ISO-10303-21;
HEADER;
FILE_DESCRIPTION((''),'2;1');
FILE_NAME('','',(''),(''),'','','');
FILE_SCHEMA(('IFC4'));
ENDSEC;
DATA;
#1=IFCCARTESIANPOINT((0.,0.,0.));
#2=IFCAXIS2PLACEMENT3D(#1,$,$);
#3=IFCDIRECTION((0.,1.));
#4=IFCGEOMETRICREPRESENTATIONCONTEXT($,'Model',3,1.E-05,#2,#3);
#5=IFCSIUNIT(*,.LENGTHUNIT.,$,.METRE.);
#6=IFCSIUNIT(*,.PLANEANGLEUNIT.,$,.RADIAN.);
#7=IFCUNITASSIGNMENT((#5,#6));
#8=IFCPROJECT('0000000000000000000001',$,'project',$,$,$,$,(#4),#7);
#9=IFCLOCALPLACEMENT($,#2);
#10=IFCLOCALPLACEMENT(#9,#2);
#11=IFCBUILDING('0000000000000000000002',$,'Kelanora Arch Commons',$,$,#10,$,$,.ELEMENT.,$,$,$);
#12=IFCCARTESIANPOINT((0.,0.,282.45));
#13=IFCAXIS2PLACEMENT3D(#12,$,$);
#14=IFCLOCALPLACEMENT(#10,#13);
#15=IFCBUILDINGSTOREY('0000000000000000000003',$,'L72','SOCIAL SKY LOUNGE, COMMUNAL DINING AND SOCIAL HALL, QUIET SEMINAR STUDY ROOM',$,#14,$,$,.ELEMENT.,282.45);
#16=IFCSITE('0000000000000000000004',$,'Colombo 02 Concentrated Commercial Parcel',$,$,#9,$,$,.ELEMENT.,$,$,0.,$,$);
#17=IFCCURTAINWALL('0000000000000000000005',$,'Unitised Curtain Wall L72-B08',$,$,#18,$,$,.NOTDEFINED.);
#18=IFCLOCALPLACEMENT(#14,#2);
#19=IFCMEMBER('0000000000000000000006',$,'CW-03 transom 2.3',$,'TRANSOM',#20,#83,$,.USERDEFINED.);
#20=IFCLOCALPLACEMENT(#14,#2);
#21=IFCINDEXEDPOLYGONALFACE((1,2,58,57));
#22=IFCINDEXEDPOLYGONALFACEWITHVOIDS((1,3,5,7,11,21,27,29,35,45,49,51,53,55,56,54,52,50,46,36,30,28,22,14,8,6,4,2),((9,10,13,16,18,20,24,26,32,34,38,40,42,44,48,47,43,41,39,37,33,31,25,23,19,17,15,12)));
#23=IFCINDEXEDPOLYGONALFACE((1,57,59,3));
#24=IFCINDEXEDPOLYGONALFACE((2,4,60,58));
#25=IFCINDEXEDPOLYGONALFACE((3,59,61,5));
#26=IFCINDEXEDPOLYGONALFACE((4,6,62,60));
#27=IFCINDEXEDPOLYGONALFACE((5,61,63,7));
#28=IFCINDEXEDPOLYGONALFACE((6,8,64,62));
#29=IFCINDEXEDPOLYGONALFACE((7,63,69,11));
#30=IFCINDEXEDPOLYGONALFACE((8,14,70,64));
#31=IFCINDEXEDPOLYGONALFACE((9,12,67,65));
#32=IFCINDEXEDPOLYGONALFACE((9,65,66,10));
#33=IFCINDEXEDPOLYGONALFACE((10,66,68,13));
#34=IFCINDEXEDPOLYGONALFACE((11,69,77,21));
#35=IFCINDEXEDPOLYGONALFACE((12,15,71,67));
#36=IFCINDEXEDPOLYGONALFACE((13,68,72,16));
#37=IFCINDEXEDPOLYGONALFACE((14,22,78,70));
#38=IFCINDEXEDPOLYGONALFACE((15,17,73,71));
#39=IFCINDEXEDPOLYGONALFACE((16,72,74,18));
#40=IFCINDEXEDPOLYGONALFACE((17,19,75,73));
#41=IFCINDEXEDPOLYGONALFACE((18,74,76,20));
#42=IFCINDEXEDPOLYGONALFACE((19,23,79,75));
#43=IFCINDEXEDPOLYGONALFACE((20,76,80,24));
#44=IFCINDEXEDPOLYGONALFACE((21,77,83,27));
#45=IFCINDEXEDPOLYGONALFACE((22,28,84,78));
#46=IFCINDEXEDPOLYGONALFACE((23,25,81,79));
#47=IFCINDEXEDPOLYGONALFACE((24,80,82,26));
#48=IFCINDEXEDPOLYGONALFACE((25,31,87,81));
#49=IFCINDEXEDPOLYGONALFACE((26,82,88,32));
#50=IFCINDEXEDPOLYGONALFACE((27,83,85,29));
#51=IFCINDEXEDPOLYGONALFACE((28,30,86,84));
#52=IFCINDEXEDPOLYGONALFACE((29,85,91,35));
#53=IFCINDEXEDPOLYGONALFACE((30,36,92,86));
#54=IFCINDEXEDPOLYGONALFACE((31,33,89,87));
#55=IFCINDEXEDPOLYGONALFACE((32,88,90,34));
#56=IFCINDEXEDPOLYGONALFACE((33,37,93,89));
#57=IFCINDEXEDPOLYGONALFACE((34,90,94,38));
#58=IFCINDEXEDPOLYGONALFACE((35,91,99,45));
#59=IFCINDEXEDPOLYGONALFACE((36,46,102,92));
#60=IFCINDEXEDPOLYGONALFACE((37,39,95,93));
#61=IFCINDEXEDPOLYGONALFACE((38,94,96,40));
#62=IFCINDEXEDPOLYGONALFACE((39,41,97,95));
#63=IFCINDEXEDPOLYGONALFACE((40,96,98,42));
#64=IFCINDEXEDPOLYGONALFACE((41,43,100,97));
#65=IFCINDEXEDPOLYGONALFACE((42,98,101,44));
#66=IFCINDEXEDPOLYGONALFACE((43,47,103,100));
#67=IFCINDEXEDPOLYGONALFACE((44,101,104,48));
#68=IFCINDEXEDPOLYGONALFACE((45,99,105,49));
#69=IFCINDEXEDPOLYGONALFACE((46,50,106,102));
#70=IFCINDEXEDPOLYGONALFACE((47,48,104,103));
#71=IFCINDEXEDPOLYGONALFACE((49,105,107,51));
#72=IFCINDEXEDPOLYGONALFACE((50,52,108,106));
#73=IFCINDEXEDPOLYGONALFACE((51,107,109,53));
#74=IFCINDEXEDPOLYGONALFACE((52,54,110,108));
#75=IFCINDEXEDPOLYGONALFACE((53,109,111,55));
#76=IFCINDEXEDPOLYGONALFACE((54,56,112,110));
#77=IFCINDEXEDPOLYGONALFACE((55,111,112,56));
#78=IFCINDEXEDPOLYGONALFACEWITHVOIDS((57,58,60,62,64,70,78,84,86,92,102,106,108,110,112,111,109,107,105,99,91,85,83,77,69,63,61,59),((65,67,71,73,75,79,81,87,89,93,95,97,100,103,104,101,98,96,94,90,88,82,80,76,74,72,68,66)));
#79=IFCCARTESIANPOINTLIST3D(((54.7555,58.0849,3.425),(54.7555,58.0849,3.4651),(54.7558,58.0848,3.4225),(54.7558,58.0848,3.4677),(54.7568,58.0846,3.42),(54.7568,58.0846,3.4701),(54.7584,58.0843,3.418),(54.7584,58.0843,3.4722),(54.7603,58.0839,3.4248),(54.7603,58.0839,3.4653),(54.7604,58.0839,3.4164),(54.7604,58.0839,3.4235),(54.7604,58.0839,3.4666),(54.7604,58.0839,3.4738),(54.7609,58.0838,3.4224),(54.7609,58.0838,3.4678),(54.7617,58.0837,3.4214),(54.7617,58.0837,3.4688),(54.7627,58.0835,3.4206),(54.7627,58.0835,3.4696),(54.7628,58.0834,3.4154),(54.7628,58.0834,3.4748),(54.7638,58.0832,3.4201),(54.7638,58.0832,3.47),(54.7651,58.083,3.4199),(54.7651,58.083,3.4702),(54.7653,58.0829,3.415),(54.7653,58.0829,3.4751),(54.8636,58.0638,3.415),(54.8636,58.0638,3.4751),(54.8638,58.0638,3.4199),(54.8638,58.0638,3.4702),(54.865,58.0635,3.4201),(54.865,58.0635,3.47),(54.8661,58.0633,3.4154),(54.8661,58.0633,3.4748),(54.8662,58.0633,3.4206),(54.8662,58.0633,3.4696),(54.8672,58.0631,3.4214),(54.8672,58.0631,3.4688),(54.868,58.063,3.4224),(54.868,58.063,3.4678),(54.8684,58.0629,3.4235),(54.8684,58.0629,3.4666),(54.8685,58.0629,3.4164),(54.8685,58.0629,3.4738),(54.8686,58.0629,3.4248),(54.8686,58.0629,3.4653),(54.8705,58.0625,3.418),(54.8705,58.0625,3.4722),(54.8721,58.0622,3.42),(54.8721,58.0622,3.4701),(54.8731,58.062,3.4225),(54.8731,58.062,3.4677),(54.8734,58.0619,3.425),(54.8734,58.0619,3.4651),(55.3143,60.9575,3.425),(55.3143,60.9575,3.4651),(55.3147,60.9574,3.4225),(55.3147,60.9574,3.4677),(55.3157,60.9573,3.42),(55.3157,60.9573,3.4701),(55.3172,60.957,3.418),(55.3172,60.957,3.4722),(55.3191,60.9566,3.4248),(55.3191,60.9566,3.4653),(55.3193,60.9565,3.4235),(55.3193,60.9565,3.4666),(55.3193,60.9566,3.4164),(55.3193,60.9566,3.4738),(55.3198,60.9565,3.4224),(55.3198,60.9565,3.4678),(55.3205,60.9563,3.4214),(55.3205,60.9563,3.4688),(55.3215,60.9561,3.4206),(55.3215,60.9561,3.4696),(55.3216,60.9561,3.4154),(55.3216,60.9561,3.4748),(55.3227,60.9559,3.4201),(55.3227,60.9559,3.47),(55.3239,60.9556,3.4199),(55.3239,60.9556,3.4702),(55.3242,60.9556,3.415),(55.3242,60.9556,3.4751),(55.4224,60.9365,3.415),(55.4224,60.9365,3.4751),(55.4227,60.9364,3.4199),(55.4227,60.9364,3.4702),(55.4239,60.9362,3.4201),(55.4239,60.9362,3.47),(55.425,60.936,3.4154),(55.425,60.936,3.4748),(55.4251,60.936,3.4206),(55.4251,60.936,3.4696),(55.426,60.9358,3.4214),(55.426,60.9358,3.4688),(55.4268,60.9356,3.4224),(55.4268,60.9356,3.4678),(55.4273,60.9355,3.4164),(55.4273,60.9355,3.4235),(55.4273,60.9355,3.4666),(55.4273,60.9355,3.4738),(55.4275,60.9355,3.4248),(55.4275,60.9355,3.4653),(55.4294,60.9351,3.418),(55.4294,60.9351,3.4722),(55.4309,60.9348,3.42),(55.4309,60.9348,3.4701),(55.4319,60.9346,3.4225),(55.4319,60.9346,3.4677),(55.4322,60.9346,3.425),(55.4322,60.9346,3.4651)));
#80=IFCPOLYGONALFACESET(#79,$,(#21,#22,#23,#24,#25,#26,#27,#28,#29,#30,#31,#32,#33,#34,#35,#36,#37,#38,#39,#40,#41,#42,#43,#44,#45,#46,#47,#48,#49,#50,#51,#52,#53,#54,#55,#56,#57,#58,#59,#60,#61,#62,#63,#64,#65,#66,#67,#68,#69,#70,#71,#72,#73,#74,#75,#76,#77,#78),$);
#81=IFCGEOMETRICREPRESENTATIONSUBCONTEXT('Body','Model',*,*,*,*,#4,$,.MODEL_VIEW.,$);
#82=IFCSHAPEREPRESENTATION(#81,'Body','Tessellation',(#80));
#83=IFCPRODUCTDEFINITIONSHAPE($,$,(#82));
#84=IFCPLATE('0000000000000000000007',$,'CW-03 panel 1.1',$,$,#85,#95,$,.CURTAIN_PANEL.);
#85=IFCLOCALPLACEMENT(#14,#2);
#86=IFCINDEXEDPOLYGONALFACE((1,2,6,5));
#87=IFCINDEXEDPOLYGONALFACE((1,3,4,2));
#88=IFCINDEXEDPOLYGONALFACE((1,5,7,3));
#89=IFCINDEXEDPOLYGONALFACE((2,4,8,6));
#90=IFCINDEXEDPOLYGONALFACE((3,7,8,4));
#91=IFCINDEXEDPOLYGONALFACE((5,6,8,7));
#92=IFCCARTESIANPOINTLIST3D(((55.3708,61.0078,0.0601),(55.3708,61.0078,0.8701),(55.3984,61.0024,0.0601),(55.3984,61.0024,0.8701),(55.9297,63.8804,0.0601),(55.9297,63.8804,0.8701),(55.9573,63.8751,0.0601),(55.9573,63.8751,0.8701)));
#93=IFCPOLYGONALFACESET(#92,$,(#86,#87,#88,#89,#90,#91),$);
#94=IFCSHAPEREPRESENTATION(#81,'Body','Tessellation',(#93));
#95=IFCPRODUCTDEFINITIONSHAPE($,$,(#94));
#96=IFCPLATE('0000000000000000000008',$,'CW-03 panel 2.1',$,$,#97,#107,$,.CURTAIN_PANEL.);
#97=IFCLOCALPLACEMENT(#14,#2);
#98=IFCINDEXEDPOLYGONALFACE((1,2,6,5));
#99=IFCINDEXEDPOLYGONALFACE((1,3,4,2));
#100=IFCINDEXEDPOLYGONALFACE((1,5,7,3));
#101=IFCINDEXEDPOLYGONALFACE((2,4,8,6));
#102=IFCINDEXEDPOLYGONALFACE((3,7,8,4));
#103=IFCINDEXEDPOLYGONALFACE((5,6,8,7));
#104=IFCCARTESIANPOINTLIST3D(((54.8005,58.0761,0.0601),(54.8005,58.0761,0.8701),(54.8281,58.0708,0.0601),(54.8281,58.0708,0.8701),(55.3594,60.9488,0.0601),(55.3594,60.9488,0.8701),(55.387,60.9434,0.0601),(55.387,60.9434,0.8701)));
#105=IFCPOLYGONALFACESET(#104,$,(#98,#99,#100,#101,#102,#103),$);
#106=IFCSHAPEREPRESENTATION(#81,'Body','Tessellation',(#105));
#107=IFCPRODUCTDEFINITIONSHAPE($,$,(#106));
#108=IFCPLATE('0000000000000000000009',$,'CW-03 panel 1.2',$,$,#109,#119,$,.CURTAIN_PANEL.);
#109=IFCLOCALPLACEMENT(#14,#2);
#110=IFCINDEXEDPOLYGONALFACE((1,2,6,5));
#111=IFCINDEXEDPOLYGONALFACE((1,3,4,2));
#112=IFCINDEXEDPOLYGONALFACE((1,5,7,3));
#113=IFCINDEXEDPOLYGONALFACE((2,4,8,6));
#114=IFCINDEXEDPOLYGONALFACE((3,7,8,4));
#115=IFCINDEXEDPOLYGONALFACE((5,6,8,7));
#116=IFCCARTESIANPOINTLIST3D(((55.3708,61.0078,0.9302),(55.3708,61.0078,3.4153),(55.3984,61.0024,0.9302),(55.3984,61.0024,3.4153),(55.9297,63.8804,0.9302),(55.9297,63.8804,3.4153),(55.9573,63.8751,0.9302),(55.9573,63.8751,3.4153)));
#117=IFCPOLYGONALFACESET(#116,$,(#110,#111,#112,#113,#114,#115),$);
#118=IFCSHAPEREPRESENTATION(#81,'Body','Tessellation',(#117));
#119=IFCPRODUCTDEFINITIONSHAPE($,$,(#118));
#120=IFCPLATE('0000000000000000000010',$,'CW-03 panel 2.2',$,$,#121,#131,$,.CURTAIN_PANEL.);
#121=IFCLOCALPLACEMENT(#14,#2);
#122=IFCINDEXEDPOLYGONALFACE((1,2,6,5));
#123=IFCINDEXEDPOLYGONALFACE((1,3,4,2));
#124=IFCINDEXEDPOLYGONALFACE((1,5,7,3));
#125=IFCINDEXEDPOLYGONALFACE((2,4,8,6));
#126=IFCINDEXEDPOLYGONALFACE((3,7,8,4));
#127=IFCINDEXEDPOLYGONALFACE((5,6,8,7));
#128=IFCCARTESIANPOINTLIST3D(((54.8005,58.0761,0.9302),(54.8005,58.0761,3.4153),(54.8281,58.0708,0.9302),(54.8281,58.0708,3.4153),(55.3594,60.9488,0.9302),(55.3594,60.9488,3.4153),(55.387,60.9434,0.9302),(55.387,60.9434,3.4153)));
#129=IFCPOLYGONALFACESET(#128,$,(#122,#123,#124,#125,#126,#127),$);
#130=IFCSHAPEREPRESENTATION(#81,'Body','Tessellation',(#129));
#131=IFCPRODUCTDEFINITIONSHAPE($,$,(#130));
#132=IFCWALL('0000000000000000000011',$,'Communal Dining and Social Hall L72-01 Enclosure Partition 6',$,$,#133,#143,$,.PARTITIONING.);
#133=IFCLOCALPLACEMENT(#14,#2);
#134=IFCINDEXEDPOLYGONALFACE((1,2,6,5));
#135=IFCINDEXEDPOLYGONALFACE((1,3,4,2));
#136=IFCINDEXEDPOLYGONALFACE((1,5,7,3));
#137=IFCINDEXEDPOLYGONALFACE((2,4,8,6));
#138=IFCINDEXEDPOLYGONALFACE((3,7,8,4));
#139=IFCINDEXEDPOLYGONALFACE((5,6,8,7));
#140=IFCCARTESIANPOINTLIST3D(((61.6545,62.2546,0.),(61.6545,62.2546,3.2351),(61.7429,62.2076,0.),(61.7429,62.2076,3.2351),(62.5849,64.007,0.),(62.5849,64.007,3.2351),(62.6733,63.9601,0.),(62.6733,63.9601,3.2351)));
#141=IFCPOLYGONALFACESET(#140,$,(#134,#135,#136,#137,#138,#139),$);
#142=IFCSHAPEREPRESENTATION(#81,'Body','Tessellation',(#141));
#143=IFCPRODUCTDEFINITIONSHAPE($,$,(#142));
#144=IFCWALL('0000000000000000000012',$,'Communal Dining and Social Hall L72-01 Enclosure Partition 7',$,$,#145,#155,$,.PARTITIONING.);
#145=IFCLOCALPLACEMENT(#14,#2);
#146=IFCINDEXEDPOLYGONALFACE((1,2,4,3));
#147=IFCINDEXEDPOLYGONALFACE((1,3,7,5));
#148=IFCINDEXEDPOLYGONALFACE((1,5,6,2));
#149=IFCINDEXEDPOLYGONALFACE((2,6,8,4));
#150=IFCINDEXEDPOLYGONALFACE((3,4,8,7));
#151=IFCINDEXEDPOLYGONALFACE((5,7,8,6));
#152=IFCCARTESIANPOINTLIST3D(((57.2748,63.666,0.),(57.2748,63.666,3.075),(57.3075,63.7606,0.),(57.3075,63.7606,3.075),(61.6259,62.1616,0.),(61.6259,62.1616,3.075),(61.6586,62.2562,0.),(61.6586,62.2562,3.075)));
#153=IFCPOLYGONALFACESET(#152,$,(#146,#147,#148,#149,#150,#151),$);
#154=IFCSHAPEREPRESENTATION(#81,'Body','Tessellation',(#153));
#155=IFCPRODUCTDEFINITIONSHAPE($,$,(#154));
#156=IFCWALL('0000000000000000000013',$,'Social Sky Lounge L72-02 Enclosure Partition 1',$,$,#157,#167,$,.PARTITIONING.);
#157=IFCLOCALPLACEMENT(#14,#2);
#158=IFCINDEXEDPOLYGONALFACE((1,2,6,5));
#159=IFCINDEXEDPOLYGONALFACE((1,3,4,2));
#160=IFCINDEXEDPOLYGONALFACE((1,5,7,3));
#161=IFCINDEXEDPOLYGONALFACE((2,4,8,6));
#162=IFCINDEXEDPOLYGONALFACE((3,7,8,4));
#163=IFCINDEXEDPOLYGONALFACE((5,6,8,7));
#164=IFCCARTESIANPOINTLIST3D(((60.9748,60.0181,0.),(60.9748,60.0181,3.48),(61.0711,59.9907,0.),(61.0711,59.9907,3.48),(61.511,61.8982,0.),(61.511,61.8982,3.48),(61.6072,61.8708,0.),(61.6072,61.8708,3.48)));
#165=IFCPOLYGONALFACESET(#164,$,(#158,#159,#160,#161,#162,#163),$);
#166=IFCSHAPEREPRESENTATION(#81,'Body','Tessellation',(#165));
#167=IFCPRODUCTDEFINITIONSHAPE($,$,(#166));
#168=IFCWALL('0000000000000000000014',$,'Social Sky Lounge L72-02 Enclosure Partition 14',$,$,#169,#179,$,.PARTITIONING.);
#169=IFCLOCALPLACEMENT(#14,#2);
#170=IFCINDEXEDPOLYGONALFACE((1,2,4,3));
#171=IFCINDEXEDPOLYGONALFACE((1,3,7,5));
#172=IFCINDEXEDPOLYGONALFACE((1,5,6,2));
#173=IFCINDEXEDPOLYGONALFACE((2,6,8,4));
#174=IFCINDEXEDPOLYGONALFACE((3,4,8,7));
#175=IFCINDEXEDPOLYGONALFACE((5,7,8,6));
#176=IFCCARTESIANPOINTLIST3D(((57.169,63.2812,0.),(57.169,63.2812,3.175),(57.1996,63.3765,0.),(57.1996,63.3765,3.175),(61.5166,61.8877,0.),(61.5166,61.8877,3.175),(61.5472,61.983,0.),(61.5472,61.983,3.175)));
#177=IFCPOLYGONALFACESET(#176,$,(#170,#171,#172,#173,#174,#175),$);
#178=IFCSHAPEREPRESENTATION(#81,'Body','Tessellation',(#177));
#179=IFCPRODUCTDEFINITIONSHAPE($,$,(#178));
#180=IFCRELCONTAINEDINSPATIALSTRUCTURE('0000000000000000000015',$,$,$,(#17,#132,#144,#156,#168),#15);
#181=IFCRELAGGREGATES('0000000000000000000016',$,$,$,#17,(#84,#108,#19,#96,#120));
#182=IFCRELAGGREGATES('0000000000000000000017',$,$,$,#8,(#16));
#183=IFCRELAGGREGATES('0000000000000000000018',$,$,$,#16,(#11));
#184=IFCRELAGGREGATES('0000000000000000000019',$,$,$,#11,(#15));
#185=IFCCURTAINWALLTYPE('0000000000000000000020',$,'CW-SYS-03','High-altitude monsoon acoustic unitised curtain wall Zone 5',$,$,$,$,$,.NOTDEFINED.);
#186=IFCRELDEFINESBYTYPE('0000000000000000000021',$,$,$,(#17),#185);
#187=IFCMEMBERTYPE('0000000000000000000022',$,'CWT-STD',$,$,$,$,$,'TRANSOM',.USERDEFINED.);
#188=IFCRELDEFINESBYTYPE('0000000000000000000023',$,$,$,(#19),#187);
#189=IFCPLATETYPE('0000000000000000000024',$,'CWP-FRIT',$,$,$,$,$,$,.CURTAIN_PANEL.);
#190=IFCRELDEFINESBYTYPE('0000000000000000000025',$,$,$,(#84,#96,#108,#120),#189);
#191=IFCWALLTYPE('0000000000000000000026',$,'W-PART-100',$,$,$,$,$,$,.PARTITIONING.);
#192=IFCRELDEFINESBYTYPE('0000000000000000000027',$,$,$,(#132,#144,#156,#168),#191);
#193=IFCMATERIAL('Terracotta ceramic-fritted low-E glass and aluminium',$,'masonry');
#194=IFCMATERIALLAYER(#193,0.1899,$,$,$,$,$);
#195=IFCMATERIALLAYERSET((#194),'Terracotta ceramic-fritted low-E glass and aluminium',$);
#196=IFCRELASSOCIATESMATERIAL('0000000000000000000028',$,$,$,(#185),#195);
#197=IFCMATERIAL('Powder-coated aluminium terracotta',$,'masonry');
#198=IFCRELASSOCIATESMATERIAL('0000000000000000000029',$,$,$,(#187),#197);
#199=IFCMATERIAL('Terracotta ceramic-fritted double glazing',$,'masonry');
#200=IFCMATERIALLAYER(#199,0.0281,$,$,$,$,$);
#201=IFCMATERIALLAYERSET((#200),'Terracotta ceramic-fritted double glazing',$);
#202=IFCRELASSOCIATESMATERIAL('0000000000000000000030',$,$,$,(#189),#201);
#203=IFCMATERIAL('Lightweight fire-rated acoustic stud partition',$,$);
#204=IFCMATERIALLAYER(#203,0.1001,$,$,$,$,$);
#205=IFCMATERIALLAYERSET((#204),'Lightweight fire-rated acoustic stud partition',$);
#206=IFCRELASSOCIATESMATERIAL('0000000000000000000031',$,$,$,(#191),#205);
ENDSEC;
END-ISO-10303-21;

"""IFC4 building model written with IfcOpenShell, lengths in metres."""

from ifc_helpers import new_model, si_unit, direction, frame, frame_2d, origin, origin_2d, place, context, subcontext, project, spatial, rectangle, hollow_rectangle, extrude, source, transform, mapped, material, layer, layer_set, material_profile, profile_set, type_object, element, aggregate, save


model = new_model("IFC4")

# Units and contexts
model_context = context("Model", 3, precision=1e-05, world=origin(), true_north=direction((0.0, 1.0)))
body_context = subcontext(model_context, "Body", "Model", "MODEL_VIEW")
ifc_project = project(units=[si_unit("LENGTHUNIT", "METRE"), si_unit("PLANEANGLEUNIT", "RADIAN")], contexts=[model_context])

# Site, building, storey
site_placement = place(None, origin())
site = spatial("IfcSite", under=ifc_project, at=site_placement, Name="Colombo 02 Concentrated Commercial Parcel", CompositionType="ELEMENT", RefElevation=0.0)
building_placement = place(site_placement, origin())
building = spatial("IfcBuilding", under=site, at=building_placement, Name="Kelanora Arch Commons", CompositionType="ELEMENT")
storey_placement = place(building_placement, frame((0.0, 0.0, 282.45)))
storey = spatial("IfcBuildingStorey", under=building, at=storey_placement, Name="L72", Description="SOCIAL SKY LOUNGE, COMMUNAL DINING AND SOCIAL HALL, QUIET SEMINAR STUDY ROOM", CompositionType="ELEMENT", Elevation=282.45)

# Curtain wall, member, plates
ifc_material_1 = material(Name="Terracotta ceramic-fritted low-E glass and aluminium", Category="masonry")
ifc_layer_1 = layer(ifc_material_1, 0.1899)
ifc_layer_set_1 = layer_set([ifc_layer_1], Name="Terracotta ceramic-fritted low-E glass and aluminium")
curtain_wall_type = type_object("IfcCurtainWallType", Name="CW-SYS-03", Description="High-altitude monsoon acoustic unitised curtain wall Zone 5", PredefinedType="NOTDEFINED", material=ifc_layer_set_1)
curtain_wall_placement = place(storey_placement, origin())
curtain_wall = element("IfcCurtainWall", 1, at=curtain_wall_placement, inside=storey, type_object=curtain_wall_type, Name="Unitised Curtain Wall L72-B08", PredefinedType="NOTDEFINED")
ifc_material_2 = material(Name="Powder-coated aluminium terracotta", Category="masonry")
ifc_material_profile_1 = material_profile(ifc_material_2, hollow_rectangle(XDim=0.1201, YDim=0.0601, WallThickness=0.0049, InnerFilletRadius=0.0049, OuterFilletRadius=0.01, at=origin_2d()), Name="CWT120x60")
ifc_profile_set_1 = profile_set([ifc_material_profile_1], Name="Powder-coated aluminium terracotta")
member_type_1 = type_object("IfcMemberType", Name="CWT-STD", ElementType="TRANSOM", PredefinedType="USERDEFINED", material=ifc_profile_set_1)
member_1_placement = place(storey_placement, frame((55.3733, 60.946, 3.4451), z_axis=(-0.190963, -0.981597, 0.0), x_axis=(0.981597, -0.190963, 0.0)))
member_1 = element("IfcMember", 2, at=member_1_placement, type_object=member_type_1, Name="CW-03 transom 2.3", ObjectType="TRANSOM", PredefinedType="USERDEFINED", context=body_context, shape_type="SweptSolid", body=[
    extrude(hollow_rectangle(XDim=0.1201, YDim=0.0601, WallThickness=0.0049, InnerFilletRadius=0.0049, OuterFilletRadius=0.01, at=origin_2d()), origin(), (0.0, 0.0, 1.0), 2.9265),
])
ifc_material_3 = material(Name="Terracotta ceramic-fritted double glazing", Category="masonry")
ifc_layer_2 = layer(ifc_material_3, 0.0281)
ifc_layer_set_2 = layer_set([ifc_layer_2], Name="Terracotta ceramic-fritted double glazing")
plate_type = type_object("IfcPlateType", Name="CWP-FRIT", PredefinedType="CURTAIN_PANEL", material=ifc_layer_set_2)
shared_shape_1 = source(origin(), body_context, "Body", "SweptSolid", [
    extrude(rectangle(XDim=2.9265, YDim=0.0281, at=origin_2d()), origin(), (0.0, 0.0, 1.0), 0.8101),
])
plate_1_placement = place(storey_placement, frame((55.6641, 62.4414, 0.0601), z_axis=(0.0, 0.0, 1.0), x_axis=(-0.190972, -0.981596, 0.0)))
plate_1 = element("IfcPlate", 3, at=plate_1_placement, type_object=plate_type, Name="CW-03 panel 1.1", PredefinedType="CURTAIN_PANEL", context=body_context, shape_type="MappedRepresentation", body=[
    mapped(shared_shape_1, transform((0.0, 0.0, 0.0), scale=1.0)),
])
plate_2_placement = place(storey_placement, frame((55.0938, 59.5098, 0.0601), z_axis=(0.0, 0.0, 1.0), x_axis=(-0.190972, -0.981596, 0.0)))
plate_2 = element("IfcPlate", 4, at=plate_2_placement, type_object=plate_type, Name="CW-03 panel 2.1", PredefinedType="CURTAIN_PANEL", context=body_context, shape_type="MappedRepresentation", body=[
    mapped(shared_shape_1, transform((0.0, 0.0, 0.0), scale=1.0)),
])
shared_shape_2 = source(origin(), body_context, "Body", "SweptSolid", [
    extrude(rectangle(XDim=2.9265, YDim=0.0281, at=origin_2d()), origin(), (0.0, 0.0, 1.0), 2.4851),
])
plate_3_placement = place(storey_placement, frame((55.6641, 62.4414, 0.9302), z_axis=(0.0, 0.0, 1.0), x_axis=(-0.190972, -0.981596, 0.0)))
plate_3 = element("IfcPlate", 5, at=plate_3_placement, type_object=plate_type, Name="CW-03 panel 1.2", PredefinedType="CURTAIN_PANEL", context=body_context, shape_type="MappedRepresentation", body=[
    mapped(shared_shape_2, transform((0.0, 0.0, 0.0), scale=1.0)),
])
plate_4_placement = place(storey_placement, frame((55.0938, 59.5098, 0.9302), z_axis=(0.0, 0.0, 1.0), x_axis=(-0.190972, -0.981596, 0.0)))
plate_4 = element("IfcPlate", 6, at=plate_4_placement, type_object=plate_type, Name="CW-03 panel 2.2", PredefinedType="CURTAIN_PANEL", context=body_context, shape_type="MappedRepresentation", body=[
    mapped(shared_shape_2, transform((0.0, 0.0, 0.0), scale=1.0)),
])
aggregate(curtain_wall, [plate_1, plate_3, member_1, plate_2, plate_4])

# Walls
ifc_material_4 = material(Name="Lightweight fire-rated acoustic stud partition")
ifc_layer_3 = layer(ifc_material_4, 0.1001)
ifc_layer_set_3 = layer_set([ifc_layer_3], Name="Lightweight fire-rated acoustic stud partition")
wall_type_1 = type_object("IfcWallType", Name="W-PART-100", PredefinedType="PARTITIONING", material=ifc_layer_set_3)
wall_1_placement = place(storey_placement, frame((62.6292, 63.9836, 0.0), z_axis=(0.0, 0.0, 1.0), x_axis=(-0.468933, -0.883234, 0.0)))
element("IfcWall", 7, at=wall_1_placement, inside=storey, type_object=wall_type_1, Name="Communal Dining and Social Hall L72-01 Enclosure Partition 6", PredefinedType="PARTITIONING", context=body_context, shape_type="SweptSolid", body=[
    extrude(rectangle(XDim=1.9841, YDim=0.1001, at=frame_2d((0.9922, 0.0))), origin(), (0.0, 0.0, 1.0), 3.2351),
])
wall_2_placement = place(storey_placement, frame((61.6421, 62.209, 0.0), z_axis=(0.0, 0.0, 1.0), x_axis=(-0.945103, 0.326772, 0.0)))
element("IfcWall", 8, at=wall_2_placement, inside=storey, type_object=wall_type_1, Name="Communal Dining and Social Hall L72-01 Enclosure Partition 7", PredefinedType="PARTITIONING", context=body_context, shape_type="SweptSolid", body=[
    extrude(rectangle(XDim=4.6038, YDim=0.1001, at=frame_2d((2.3018, 0.0))), origin(), (0.0, 0.0, 1.0), 3.075),
])
wall_3_placement = place(storey_placement, frame((61.5591, 61.8845, 0.0), z_axis=(0.0, 0.0, 1.0), x_axis=(-0.274226, -0.961665, 0.0)))
element("IfcWall", 9, at=wall_3_placement, inside=storey, type_object=wall_type_1, Name="Social Sky Lounge L72-02 Enclosure Partition 1", PredefinedType="PARTITIONING", context=body_context, shape_type="SweptSolid", body=[
    extrude(rectangle(XDim=1.9551, YDim=0.1001, at=frame_2d((0.9775, 0.0))), origin(), (0.0, 0.0, 1.0), 3.48),
])
wall_4_placement = place(storey_placement, frame((57.1843, 63.3289, 0.0), z_axis=(0.0, 0.0, 1.0), x_axis=(0.952278, -0.305234, 0.0)))
element("IfcWall", 10, at=wall_4_placement, inside=storey, type_object=wall_type_1, Name="Social Sky Lounge L72-02 Enclosure Partition 14", PredefinedType="PARTITIONING", context=body_context, shape_type="SweptSolid", body=[
    extrude(rectangle(XDim=4.5654, YDim=0.1001, at=frame_2d((2.2827, 0.0))), origin(), (0.0, 0.0, 1.0), 3.175),
])

save(model, "model.ifc")
